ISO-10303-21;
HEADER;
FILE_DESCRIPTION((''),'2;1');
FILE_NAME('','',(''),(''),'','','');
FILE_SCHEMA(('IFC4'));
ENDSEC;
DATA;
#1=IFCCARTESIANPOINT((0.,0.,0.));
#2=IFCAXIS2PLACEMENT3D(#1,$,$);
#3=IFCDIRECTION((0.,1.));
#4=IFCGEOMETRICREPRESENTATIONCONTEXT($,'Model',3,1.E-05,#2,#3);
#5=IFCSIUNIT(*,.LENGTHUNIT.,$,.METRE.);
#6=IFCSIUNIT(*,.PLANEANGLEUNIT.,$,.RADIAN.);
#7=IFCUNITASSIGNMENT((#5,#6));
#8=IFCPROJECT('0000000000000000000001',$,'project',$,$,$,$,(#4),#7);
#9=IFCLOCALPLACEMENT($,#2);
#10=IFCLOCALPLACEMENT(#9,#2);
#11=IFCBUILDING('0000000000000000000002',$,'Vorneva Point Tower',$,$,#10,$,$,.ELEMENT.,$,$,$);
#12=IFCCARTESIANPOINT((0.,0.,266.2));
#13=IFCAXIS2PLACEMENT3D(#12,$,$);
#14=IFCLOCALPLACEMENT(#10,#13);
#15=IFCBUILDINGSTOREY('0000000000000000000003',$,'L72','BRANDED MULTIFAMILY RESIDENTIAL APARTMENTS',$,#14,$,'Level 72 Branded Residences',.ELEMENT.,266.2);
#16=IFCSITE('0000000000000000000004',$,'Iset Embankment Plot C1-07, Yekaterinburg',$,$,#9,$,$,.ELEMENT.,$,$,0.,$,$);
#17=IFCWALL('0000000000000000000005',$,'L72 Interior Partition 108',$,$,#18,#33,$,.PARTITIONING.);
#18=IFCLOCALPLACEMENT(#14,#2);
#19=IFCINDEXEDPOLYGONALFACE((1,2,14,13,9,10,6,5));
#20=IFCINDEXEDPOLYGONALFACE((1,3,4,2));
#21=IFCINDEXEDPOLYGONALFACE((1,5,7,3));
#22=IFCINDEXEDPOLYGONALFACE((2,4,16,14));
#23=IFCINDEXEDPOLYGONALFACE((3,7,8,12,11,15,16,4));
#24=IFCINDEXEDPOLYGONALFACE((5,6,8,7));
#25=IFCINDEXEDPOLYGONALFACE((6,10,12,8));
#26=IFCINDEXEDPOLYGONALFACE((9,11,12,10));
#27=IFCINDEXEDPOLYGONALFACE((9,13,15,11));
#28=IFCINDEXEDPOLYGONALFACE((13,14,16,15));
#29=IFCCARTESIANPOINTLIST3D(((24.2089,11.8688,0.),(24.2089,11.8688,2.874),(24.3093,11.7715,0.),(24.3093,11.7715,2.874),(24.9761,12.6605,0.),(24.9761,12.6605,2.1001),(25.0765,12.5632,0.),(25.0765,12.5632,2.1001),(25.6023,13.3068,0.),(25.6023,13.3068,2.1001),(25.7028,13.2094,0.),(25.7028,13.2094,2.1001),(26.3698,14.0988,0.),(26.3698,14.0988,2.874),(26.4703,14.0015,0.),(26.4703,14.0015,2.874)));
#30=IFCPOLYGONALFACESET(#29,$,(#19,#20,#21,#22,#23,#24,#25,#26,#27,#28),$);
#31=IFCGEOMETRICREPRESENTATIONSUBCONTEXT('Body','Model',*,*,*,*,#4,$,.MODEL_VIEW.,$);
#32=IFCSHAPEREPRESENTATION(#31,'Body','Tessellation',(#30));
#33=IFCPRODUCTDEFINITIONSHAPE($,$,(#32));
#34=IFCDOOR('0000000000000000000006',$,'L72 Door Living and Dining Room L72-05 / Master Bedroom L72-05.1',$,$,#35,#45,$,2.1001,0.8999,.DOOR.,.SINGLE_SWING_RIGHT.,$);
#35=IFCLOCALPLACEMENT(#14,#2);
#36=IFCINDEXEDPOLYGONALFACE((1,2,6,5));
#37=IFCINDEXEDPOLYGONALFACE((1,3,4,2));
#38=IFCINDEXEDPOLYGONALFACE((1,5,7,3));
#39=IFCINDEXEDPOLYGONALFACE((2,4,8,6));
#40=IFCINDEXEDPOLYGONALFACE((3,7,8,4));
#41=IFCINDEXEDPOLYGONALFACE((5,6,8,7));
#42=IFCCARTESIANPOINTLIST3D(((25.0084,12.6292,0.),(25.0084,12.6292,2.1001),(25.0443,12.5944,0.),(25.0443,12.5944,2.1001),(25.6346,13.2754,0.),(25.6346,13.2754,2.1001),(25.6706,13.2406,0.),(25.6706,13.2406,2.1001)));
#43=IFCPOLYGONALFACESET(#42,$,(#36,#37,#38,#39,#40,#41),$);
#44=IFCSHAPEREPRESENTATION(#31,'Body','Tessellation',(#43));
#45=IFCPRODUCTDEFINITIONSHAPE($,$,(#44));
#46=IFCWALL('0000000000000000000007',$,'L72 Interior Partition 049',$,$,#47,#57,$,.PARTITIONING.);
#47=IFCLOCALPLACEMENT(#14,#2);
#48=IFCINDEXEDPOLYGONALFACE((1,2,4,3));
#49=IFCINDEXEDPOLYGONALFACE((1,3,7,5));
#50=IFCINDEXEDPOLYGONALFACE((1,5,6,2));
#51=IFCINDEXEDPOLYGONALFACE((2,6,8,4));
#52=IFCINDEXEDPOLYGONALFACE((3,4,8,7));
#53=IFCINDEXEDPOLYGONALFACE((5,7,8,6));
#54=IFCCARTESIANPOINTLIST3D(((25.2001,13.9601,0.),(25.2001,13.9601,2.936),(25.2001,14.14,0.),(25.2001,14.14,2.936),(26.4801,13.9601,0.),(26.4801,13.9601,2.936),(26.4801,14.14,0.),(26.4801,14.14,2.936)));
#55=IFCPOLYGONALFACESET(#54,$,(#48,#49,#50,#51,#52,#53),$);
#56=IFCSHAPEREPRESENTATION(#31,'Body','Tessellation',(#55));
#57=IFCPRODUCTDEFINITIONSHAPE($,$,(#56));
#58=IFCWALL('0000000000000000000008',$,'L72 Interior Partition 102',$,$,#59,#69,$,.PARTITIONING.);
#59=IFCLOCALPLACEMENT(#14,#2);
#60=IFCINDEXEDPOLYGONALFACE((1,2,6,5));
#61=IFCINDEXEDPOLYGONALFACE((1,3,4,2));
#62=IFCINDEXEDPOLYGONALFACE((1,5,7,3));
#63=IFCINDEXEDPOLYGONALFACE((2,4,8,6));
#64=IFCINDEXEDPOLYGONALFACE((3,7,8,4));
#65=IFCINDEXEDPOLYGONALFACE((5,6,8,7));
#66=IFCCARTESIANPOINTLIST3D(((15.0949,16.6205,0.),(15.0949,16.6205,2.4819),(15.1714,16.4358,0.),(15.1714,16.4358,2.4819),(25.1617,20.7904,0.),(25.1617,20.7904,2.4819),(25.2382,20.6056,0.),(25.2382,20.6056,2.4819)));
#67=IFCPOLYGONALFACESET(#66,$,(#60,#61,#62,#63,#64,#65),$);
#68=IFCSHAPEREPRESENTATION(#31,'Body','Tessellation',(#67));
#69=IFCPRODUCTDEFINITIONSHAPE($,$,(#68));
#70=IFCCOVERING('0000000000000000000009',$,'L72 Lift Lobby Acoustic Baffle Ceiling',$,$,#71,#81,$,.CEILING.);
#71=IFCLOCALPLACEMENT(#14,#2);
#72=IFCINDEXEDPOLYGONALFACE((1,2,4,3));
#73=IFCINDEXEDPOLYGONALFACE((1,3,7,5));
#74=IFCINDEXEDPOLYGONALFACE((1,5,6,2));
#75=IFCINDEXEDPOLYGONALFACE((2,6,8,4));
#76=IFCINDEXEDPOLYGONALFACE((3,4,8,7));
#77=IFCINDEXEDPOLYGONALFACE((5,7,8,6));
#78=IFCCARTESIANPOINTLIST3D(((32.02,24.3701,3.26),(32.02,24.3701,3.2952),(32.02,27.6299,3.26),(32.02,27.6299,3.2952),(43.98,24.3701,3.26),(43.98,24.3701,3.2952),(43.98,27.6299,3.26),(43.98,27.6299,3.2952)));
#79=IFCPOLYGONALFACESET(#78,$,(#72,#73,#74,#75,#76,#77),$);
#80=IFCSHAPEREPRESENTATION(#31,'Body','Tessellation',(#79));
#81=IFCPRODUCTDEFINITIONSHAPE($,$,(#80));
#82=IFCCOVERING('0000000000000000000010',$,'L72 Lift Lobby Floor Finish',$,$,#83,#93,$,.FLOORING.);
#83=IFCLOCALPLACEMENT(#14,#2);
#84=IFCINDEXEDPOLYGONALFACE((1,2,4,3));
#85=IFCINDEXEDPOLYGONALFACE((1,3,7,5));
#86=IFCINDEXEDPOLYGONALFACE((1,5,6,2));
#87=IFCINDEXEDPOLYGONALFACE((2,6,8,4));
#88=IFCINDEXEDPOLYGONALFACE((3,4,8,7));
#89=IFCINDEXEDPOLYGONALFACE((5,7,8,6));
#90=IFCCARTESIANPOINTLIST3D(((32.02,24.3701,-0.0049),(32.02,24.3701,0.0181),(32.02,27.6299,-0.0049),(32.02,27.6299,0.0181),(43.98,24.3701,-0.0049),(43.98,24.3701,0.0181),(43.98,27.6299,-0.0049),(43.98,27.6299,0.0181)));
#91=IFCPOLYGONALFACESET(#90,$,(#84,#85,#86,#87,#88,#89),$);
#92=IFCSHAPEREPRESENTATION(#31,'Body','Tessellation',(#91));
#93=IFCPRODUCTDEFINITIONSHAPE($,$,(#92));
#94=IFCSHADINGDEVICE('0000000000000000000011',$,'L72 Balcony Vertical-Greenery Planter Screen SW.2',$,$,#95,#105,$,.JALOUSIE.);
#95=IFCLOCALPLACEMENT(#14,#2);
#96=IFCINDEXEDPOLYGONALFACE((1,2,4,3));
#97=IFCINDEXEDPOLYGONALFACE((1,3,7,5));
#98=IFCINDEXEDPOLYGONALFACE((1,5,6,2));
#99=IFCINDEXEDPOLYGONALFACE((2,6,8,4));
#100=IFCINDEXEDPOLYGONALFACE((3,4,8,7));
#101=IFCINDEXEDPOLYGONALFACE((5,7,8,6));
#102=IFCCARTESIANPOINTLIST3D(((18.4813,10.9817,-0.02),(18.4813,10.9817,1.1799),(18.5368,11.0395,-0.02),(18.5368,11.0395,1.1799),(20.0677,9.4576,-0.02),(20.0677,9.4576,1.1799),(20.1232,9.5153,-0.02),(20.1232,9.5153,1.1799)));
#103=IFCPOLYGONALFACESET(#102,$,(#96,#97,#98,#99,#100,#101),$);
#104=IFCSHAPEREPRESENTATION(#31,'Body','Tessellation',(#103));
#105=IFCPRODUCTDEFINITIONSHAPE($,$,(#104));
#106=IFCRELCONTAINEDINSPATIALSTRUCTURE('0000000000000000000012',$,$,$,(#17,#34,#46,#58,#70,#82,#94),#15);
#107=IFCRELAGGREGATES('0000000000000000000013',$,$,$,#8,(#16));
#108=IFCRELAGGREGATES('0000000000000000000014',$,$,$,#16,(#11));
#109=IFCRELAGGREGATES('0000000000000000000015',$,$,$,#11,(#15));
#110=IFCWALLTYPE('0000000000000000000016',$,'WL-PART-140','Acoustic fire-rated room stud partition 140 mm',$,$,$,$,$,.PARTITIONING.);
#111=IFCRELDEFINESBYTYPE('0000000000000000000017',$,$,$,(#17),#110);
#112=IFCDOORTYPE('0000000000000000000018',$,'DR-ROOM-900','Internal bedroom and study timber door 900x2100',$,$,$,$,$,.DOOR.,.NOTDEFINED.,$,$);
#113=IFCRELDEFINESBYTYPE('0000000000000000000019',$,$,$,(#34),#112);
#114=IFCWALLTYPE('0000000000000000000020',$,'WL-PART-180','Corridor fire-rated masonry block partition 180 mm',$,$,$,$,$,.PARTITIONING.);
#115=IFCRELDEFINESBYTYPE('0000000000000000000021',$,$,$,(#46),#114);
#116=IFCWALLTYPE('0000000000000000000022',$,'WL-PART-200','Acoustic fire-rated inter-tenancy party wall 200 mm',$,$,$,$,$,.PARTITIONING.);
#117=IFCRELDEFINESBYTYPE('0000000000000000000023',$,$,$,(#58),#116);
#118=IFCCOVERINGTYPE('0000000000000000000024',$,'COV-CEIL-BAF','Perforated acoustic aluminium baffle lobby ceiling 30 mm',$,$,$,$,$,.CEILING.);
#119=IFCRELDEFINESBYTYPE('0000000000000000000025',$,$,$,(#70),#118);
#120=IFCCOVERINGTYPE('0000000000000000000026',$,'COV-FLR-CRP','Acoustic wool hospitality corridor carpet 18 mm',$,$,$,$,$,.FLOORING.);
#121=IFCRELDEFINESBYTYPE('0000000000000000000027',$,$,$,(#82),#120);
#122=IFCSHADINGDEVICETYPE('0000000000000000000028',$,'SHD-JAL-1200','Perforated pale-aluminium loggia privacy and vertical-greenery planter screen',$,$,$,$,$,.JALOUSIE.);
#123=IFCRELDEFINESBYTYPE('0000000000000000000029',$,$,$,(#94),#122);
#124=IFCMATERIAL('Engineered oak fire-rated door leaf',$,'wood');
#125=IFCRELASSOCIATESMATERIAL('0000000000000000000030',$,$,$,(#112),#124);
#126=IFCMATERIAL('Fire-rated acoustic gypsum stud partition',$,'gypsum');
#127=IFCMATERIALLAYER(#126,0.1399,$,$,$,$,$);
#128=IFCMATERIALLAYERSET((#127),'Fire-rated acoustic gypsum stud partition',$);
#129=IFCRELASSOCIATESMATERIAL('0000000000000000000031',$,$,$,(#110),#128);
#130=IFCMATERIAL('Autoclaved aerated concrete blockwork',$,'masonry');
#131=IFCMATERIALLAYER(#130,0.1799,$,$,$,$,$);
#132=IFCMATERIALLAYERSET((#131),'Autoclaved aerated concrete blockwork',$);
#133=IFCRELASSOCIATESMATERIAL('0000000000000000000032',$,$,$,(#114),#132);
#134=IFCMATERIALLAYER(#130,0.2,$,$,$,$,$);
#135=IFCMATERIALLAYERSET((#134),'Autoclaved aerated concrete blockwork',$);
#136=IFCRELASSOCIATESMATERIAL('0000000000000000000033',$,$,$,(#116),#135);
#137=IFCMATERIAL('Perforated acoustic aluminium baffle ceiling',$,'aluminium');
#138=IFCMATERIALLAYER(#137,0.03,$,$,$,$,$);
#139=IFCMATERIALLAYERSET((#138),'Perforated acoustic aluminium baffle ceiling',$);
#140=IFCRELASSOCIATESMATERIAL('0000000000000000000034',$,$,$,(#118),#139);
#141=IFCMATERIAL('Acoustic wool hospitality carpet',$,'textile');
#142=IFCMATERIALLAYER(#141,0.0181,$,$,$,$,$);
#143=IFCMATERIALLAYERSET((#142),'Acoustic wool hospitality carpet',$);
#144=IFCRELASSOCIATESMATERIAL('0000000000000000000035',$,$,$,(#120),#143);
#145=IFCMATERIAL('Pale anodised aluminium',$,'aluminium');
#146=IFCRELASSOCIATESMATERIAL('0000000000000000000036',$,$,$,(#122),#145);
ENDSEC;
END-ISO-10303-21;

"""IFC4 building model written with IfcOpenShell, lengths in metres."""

from ifc_helpers import new_model, si_unit, direction, frame, frame_2d, origin, origin_2d, place, context, subcontext, project, spatial, polyline, rectangle, outline, extrude, material, layer, layer_set, type_object, element, fill, save


model = new_model("IFC4")

# Units and contexts
model_context = context("Model", 3, precision=1e-05, world=origin(), true_north=direction((0.0, 1.0)))
body_context = subcontext(model_context, "Body", "Model", "MODEL_VIEW")
ifc_project = project(units=[si_unit("LENGTHUNIT", "METRE"), si_unit("PLANEANGLEUNIT", "RADIAN")], contexts=[model_context])

# Site, building, storey
site_placement = place(None, origin())
site = spatial("IfcSite", under=ifc_project, at=site_placement, Name="Iset Embankment Plot C1-07, Yekaterinburg", CompositionType="ELEMENT", RefElevation=0.0)
building_placement = place(site_placement, origin())
building = spatial("IfcBuilding", under=site, at=building_placement, Name="Vorneva Point Tower", CompositionType="ELEMENT")
storey_placement = place(building_placement, frame((0.0, 0.0, 266.2)))
storey = spatial("IfcBuildingStorey", under=building, at=storey_placement, Name="L72", Description="BRANDED MULTIFAMILY RESIDENTIAL APARTMENTS", LongName="Level 72 Branded Residences", CompositionType="ELEMENT", Elevation=266.2)

# Shared definitions
ifc_material_1 = material(Name="Pale anodised aluminium", Category="aluminium")

# Shared definitions
ifc_material_2 = material(Name="Fire-rated acoustic gypsum stud partition", Category="gypsum")

# Shared definitions
ifc_material_3 = material(Name="Engineered oak fire-rated door leaf", Category="wood")
door_type_1 = type_object("IfcDoorType", Name="DR-ROOM-900", Description="Internal bedroom and study timber door 900x2100", OperationType="NOTDEFINED", PredefinedType="DOOR", material=ifc_material_3)

# Wall, opening, door
ifc_layer_1 = layer(ifc_material_2, 0.1399)
ifc_layer_set_1 = layer_set([ifc_layer_1], Name="Fire-rated acoustic gypsum stud partition")
wall_type_1 = type_object("IfcWallType", Name="WL-PART-140", Description="Acoustic fire-rated room stud partition 140 mm", PredefinedType="PARTITIONING", material=ifc_layer_set_1)
wall_1_placement = place(storey_placement, frame((24.259, 11.8201, 0.0), z_axis=(0.0, 0.0, 1.0), x_axis=(0.695894, 0.718144, 0.0)))
wall_1 = element("IfcWall", 1, at=wall_1_placement, inside=storey, type_object=wall_type_1, Name="L72 Interior Partition 108", PredefinedType="PARTITIONING", context=body_context, shape_type="SweptSolid", body=[
    extrude(rectangle(XDim=3.1052, YDim=0.1399, at=frame_2d((1.5527, 0.0))), origin(), (0.0, 0.0, 1.0), 2.874),
])
opening_1_placement = place(wall_1_placement, frame((1.1025, 0.0, 0.0)))
opening_1 = element("IfcOpeningElement", 2, at=opening_1_placement, cuts=wall_1, PredefinedType="OPENING", context=body_context, shape_type="SweptSolid", body=[
    extrude(rectangle(XDim=0.8999, YDim=2.1001, at=frame_2d((0.45, 1.05))), frame((0.0, 0.085, 0.0), z_axis=(0.0, -1.0, 0.0), x_axis=(1.0, 0.0, 0.0)), (0.0, 0.0, 1.0), 0.1697),
])
door_1_placement = place(opening_1_placement, origin())
door_1 = element("IfcDoor", 3, at=door_1_placement, inside=storey, type_object=door_type_1, Name="L72 Door Living and Dining Room L72-05 / Master Bedroom L72-05.1", OperationType="SINGLE_SWING_RIGHT", OverallHeight=2.1001, OverallWidth=0.8999, PredefinedType="DOOR", context=body_context, shape_type="SweptSolid", body=[
    extrude(rectangle(XDim=0.8999, YDim=2.1001, at=frame_2d((0.45, 1.05))), frame((0.0, 0.0249, 0.0), z_axis=(0.0, -1.0, 0.0), x_axis=(1.0, 0.0, 0.0)), (0.0, 0.0, 1.0), 0.05),
])
fill(opening_1, door_1)

# Walls
ifc_material_4 = material(Name="Autoclaved aerated concrete blockwork", Category="masonry")
ifc_layer_2 = layer(ifc_material_4, 0.1799)
ifc_layer_set_2 = layer_set([ifc_layer_2], Name="Autoclaved aerated concrete blockwork")
wall_type_2 = type_object("IfcWallType", Name="WL-PART-180", Description="Corridor fire-rated masonry block partition 180 mm", PredefinedType="PARTITIONING", material=ifc_layer_set_2)
wall_2_placement = place(storey_placement, frame((25.2, 14.05, 0.0), z_axis=(0.0, 0.0, 1.0), x_axis=(1.0, 0.0, 0.0)))
element("IfcWall", 4, at=wall_2_placement, inside=storey, type_object=wall_type_2, Name="L72 Interior Partition 049", PredefinedType="PARTITIONING", context=body_context, shape_type="SweptSolid", body=[
    extrude(rectangle(XDim=1.28, YDim=0.1799, at=frame_2d((0.6401, 0.0))), origin(), (0.0, 0.0, 1.0), 2.936),
])
ifc_layer_3 = layer(ifc_material_4, 0.2)
ifc_layer_set_3 = layer_set([ifc_layer_3], Name="Autoclaved aerated concrete blockwork")
wall_type_3 = type_object("IfcWallType", Name="WL-PART-200", Description="Acoustic fire-rated inter-tenancy party wall 200 mm", PredefinedType="PARTITIONING", material=ifc_layer_set_3)
wall_3_placement = place(storey_placement, frame((15.1331, 16.5281, 0.0), z_axis=(0.0, 0.0, 1.0), x_axis=(0.923877, 0.38269, 0.0)))
element("IfcWall", 5, at=wall_3_placement, inside=storey, type_object=wall_type_3, Name="L72 Interior Partition 102", PredefinedType="PARTITIONING", context=body_context, shape_type="SweptSolid", body=[
    extrude(rectangle(XDim=10.8962, YDim=0.2, at=frame_2d((5.4482, 0.0))), origin(), (0.0, 0.0, 1.0), 2.4819),
])

# Coverings
ifc_material_5 = material(Name="Perforated acoustic aluminium baffle ceiling", Category="aluminium")
ifc_layer_4 = layer(ifc_material_5, 0.03)
ifc_layer_set_4 = layer_set([ifc_layer_4], Name="Perforated acoustic aluminium baffle ceiling")
covering_type_1 = type_object("IfcCoveringType", Name="COV-CEIL-BAF", Description="Perforated acoustic aluminium baffle lobby ceiling 30 mm", PredefinedType="CEILING", material=ifc_layer_set_4)
covering_1_placement = place(storey_placement, frame((0.0, 0.0, 3.26)))
element("IfcCovering", 6, at=covering_1_placement, inside=storey, type_object=covering_type_1, Name="L72 Lift Lobby Acoustic Baffle Ceiling", PredefinedType="CEILING", context=body_context, shape_type="SweptSolid", body=[
    extrude(outline(polyline([(32.02, 24.3701), (43.98, 24.3701), (43.98, 27.6299), (32.02, 27.6299), (32.02, 24.3701)])), origin(), (0.0, 0.0, 1.0), 0.0352),
])
ifc_material_6 = material(Name="Acoustic wool hospitality carpet", Category="textile")
ifc_layer_5 = layer(ifc_material_6, 0.0181)
ifc_layer_set_5 = layer_set([ifc_layer_5], Name="Acoustic wool hospitality carpet")
covering_type_2 = type_object("IfcCoveringType", Name="COV-FLR-CRP", Description="Acoustic wool hospitality corridor carpet 18 mm", PredefinedType="FLOORING", material=ifc_layer_set_5)
covering_2_placement = place(storey_placement, frame((0.0, 0.0, -0.0049)))
element("IfcCovering", 7, at=covering_2_placement, inside=storey, type_object=covering_type_2, Name="L72 Lift Lobby Floor Finish", PredefinedType="FLOORING", context=body_context, shape_type="SweptSolid", body=[
    extrude(outline(polyline([(32.02, 24.3701), (43.98, 24.3701), (43.98, 27.6299), (32.02, 27.6299), (32.02, 24.3701)])), origin(), (0.0, 0.0, 1.0), 0.0229),
])

# Shading device
shading_device_type = type_object("IfcShadingDeviceType", Name="SHD-JAL-1200", Description="Perforated pale-aluminium loggia privacy and vertical-greenery planter screen", PredefinedType="JALOUSIE", material=ifc_material_1)
shading_device_placement = place(storey_placement, frame((19.3022, 10.2485, -0.02), z_axis=(0.0, 0.0, 1.0), x_axis=(0.721132, -0.692798, 0.0)))
element("IfcShadingDevice", 8, at=shading_device_placement, inside=storey, type_object=shading_device_type, Name="L72 Balcony Vertical-Greenery Planter Screen SW.2", PredefinedType="JALOUSIE", context=body_context, shape_type="SweptSolid", body=[
    extrude(rectangle(XDim=2.2, YDim=0.0801, at=origin_2d()), origin(), (0.0, 0.0, 1.0), 1.2),
])

save(model, "model.ifc")
